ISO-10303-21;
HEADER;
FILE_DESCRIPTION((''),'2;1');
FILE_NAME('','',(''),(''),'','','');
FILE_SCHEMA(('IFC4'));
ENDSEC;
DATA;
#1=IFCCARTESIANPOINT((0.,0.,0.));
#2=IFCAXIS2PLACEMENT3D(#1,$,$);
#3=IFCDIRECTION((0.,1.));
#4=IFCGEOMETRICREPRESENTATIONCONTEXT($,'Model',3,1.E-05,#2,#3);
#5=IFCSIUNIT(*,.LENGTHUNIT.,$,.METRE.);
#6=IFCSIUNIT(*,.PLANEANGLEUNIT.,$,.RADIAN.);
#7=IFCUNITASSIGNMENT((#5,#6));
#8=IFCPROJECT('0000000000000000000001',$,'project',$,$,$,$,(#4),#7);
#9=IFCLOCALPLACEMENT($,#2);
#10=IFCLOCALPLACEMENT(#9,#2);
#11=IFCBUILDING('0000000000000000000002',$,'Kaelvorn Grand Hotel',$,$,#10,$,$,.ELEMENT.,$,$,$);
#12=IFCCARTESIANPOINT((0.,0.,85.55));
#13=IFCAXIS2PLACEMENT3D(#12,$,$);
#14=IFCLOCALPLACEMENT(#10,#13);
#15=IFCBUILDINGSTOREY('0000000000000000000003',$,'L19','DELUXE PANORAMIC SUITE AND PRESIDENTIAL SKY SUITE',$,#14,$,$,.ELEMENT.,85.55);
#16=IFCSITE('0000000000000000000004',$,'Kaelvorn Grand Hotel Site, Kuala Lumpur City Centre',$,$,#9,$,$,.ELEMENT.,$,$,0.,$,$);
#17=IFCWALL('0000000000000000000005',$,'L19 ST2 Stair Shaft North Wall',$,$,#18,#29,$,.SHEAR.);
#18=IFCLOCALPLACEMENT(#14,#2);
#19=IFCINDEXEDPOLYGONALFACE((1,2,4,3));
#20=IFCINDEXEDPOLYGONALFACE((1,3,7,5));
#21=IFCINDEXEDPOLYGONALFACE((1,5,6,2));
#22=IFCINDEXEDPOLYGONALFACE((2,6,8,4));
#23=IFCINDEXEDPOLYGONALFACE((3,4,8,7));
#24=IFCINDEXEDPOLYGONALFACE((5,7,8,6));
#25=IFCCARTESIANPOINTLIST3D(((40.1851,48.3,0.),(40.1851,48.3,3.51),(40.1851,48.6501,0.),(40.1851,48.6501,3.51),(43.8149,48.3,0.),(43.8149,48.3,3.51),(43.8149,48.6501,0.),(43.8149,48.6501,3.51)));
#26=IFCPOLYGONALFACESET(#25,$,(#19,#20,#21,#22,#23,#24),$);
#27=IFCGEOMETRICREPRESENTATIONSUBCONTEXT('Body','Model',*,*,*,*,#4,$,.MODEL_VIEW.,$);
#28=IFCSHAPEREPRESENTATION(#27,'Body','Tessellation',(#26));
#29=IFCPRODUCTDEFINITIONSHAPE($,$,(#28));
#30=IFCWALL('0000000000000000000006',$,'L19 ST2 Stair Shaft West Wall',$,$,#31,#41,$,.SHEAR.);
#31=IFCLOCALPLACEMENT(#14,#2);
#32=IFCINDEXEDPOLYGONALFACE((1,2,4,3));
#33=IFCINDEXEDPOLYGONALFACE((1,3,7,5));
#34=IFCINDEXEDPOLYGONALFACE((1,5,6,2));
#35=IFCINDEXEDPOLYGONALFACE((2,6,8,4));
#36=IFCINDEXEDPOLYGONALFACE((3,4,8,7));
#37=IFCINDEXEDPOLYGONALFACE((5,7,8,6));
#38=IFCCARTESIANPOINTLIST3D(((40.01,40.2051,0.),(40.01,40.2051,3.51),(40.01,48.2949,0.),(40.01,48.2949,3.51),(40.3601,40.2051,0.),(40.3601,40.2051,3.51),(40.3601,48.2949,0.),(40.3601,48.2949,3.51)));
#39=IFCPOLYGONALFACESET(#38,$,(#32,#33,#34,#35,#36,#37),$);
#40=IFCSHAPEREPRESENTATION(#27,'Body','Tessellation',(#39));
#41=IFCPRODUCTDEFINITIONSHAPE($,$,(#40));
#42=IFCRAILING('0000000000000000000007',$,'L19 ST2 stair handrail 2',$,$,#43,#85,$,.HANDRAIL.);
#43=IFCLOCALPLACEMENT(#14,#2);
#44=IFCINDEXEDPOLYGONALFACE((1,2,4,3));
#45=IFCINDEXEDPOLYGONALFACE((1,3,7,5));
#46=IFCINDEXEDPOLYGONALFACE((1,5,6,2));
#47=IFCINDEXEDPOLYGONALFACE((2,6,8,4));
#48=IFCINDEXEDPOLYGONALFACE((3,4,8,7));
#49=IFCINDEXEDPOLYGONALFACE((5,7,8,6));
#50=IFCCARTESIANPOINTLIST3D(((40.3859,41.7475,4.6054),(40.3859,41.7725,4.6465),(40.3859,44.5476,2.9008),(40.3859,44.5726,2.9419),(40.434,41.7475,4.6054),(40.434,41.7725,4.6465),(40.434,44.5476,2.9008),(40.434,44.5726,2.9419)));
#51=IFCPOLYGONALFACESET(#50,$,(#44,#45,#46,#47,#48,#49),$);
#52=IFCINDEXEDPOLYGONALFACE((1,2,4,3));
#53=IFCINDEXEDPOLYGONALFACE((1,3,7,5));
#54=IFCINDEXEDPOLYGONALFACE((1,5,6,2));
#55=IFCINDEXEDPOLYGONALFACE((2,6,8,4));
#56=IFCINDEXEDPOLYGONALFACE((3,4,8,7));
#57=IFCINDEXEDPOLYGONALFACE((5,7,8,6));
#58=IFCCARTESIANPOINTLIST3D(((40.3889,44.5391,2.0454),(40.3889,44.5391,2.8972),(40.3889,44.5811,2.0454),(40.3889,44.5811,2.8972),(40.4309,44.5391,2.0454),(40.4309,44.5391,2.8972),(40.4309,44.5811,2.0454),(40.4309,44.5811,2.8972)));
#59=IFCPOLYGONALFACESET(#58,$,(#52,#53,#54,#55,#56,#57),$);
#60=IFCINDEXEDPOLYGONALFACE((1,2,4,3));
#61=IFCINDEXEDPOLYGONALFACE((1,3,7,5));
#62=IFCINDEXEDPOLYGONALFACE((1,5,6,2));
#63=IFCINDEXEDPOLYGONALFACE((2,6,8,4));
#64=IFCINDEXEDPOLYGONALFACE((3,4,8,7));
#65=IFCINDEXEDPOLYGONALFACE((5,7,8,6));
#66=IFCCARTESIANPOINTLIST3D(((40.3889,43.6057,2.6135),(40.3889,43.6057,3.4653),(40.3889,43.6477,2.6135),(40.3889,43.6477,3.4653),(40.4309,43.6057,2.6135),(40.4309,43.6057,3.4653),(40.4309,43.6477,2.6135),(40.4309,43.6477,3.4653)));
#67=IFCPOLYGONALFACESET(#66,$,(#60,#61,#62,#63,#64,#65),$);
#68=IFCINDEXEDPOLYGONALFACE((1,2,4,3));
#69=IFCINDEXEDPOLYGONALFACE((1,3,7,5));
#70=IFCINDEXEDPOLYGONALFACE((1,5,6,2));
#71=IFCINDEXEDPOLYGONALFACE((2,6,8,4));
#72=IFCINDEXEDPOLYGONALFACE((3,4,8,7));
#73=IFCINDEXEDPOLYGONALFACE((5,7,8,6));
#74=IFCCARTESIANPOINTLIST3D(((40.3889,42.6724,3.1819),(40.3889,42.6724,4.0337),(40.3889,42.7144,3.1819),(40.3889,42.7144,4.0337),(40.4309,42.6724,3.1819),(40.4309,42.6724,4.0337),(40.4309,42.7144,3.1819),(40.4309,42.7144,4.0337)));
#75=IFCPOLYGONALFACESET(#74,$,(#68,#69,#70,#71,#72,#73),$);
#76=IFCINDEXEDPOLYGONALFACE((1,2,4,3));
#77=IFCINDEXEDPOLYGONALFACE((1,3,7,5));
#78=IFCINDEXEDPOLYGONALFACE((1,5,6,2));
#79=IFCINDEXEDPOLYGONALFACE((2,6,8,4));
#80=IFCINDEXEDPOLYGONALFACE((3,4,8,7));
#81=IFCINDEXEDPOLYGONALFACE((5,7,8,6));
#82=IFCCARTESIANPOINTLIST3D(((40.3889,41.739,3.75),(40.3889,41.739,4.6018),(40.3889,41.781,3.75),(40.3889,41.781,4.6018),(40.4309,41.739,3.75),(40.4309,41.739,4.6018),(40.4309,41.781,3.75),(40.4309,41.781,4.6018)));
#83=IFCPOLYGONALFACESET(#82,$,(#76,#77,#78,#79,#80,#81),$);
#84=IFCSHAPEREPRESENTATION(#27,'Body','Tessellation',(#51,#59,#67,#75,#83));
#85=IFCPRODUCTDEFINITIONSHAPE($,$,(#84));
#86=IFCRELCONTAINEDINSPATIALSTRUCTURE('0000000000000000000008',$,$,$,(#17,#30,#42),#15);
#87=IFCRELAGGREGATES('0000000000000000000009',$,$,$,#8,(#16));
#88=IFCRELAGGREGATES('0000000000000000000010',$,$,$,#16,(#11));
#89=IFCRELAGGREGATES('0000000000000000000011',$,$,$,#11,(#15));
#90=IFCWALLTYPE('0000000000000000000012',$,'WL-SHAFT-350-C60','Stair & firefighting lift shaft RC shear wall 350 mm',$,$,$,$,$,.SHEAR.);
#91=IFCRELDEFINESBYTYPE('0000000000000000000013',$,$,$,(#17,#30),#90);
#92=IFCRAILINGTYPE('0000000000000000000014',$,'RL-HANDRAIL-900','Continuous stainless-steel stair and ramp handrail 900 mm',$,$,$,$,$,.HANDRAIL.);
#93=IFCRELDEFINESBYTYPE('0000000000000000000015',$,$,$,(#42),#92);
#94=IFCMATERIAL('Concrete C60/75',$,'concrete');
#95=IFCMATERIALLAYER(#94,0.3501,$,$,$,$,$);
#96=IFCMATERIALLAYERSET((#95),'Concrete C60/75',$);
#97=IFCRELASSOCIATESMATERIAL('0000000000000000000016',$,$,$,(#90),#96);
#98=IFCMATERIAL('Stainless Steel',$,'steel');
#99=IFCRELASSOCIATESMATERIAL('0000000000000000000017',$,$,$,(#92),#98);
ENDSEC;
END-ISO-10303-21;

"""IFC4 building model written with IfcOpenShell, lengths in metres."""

from ifc_helpers import new_model, si_unit, direction, frame, frame_2d, origin, origin_2d, place, context, subcontext, project, spatial, rectangle, extrude, material, layer, layer_set, type_object, element, save


model = new_model("IFC4")

# Units and contexts
model_context = context("Model", 3, precision=1e-05, world=origin(), true_north=direction((0.0, 1.0)))
body_context = subcontext(model_context, "Body", "Model", "MODEL_VIEW")
ifc_project = project(units=[si_unit("LENGTHUNIT", "METRE"), si_unit("PLANEANGLEUNIT", "RADIAN")], contexts=[model_context])

# Site, building, storey
site_placement = place(None, origin())
site = spatial("IfcSite", under=ifc_project, at=site_placement, Name="Kaelvorn Grand Hotel Site, Kuala Lumpur City Centre", CompositionType="ELEMENT", RefElevation=0.0)
building_placement = place(site_placement, origin())
building = spatial("IfcBuilding", under=site, at=building_placement, Name="Kaelvorn Grand Hotel", CompositionType="ELEMENT")
storey_placement = place(building_placement, frame((0.0, 0.0, 85.55)))
storey = spatial("IfcBuildingStorey", under=building, at=storey_placement, Name="L19", Description="DELUXE PANORAMIC SUITE AND PRESIDENTIAL SKY SUITE", CompositionType="ELEMENT", Elevation=85.55)

# Shared definitions
ifc_material_1 = material(Name="Concrete C60/75", Category="concrete")

# Shared definitions
ifc_layer_1 = layer(ifc_material_1, 0.3501)
ifc_layer_set_1 = layer_set([ifc_layer_1], Name="Concrete C60/75")
wall_type_1 = type_object("IfcWallType", Name="WL-SHAFT-350-C60", Description="Stair & firefighting lift shaft RC shear wall 350 mm", PredefinedType="SHEAR", material=ifc_layer_set_1)

# Walls
wall_1_placement = place(storey_placement, frame((40.1851, 48.4751, 0.0), z_axis=(0.0, 0.0, 1.0), x_axis=(1.0, 0.0, 0.0)))
element("IfcWall", 1, at=wall_1_placement, inside=storey, type_object=wall_type_1, Name="L19 ST2 Stair Shaft North Wall", PredefinedType="SHEAR", context=body_context, shape_type="SweptSolid", body=[
    extrude(rectangle(XDim=3.6299, YDim=0.3501, at=frame_2d((1.8149, 0.0))), origin(), (0.0, 0.0, 1.0), 3.51),
])
wall_2_placement = place(storey_placement, frame((40.1851, 40.2051, 0.0), z_axis=(0.0, 0.0, 1.0), x_axis=(0.0, 1.0, 0.0)))
element("IfcWall", 2, at=wall_2_placement, inside=storey, type_object=wall_type_1, Name="L19 ST2 Stair Shaft West Wall", PredefinedType="SHEAR", context=body_context, shape_type="SweptSolid", body=[
    extrude(rectangle(XDim=8.0898, YDim=0.3501, at=frame_2d((4.0449, 0.0))), origin(), (0.0, 0.0, 1.0), 3.51),
])

# Railing
ifc_material_2 = material(Name="Stainless Steel", Category="steel")
railing_type = type_object("IfcRailingType", Name="RL-HANDRAIL-900", Description="Continuous stainless-steel stair and ramp handrail 900 mm", PredefinedType="HANDRAIL", material=ifc_material_2)
railing_placement = place(storey_placement, frame((40.4099, 44.5601, 2.0454)))
element("IfcRailing", 3, at=railing_placement, inside=storey, type_object=railing_type, Name="L19 ST2 stair handrail 2", PredefinedType="HANDRAIL", context=body_context, shape_type="SweptSolid", body=[
    extrude(rectangle(XDim=0.0481, YDim=0.0481, at=origin_2d()), frame((0.0, 0.0, 0.876), z_axis=(0.0, -0.85417, 0.519994), x_axis=(1.0, 0.0, 0.0)), (0.0, 0.0, 1.0), 3.2781),
    extrude(rectangle(XDim=0.042, YDim=0.042, at=origin_2d()), origin(), (0.0, 0.0, 1.0), 0.8518),
    extrude(rectangle(XDim=0.042, YDim=0.042, at=origin_2d()), frame((0.0, -0.9333, 0.5681)), (0.0, 0.0, 1.0), 0.8518),
    extrude(rectangle(XDim=0.042, YDim=0.042, at=origin_2d()), frame((0.0, -1.8667, 1.1365)), (0.0, 0.0, 1.0), 0.8518),
    extrude(rectangle(XDim=0.042, YDim=0.042, at=origin_2d()), frame((0.0, -2.8, 1.7046)), (0.0, 0.0, 1.0), 0.8518),
])

save(model, "model.ifc")
